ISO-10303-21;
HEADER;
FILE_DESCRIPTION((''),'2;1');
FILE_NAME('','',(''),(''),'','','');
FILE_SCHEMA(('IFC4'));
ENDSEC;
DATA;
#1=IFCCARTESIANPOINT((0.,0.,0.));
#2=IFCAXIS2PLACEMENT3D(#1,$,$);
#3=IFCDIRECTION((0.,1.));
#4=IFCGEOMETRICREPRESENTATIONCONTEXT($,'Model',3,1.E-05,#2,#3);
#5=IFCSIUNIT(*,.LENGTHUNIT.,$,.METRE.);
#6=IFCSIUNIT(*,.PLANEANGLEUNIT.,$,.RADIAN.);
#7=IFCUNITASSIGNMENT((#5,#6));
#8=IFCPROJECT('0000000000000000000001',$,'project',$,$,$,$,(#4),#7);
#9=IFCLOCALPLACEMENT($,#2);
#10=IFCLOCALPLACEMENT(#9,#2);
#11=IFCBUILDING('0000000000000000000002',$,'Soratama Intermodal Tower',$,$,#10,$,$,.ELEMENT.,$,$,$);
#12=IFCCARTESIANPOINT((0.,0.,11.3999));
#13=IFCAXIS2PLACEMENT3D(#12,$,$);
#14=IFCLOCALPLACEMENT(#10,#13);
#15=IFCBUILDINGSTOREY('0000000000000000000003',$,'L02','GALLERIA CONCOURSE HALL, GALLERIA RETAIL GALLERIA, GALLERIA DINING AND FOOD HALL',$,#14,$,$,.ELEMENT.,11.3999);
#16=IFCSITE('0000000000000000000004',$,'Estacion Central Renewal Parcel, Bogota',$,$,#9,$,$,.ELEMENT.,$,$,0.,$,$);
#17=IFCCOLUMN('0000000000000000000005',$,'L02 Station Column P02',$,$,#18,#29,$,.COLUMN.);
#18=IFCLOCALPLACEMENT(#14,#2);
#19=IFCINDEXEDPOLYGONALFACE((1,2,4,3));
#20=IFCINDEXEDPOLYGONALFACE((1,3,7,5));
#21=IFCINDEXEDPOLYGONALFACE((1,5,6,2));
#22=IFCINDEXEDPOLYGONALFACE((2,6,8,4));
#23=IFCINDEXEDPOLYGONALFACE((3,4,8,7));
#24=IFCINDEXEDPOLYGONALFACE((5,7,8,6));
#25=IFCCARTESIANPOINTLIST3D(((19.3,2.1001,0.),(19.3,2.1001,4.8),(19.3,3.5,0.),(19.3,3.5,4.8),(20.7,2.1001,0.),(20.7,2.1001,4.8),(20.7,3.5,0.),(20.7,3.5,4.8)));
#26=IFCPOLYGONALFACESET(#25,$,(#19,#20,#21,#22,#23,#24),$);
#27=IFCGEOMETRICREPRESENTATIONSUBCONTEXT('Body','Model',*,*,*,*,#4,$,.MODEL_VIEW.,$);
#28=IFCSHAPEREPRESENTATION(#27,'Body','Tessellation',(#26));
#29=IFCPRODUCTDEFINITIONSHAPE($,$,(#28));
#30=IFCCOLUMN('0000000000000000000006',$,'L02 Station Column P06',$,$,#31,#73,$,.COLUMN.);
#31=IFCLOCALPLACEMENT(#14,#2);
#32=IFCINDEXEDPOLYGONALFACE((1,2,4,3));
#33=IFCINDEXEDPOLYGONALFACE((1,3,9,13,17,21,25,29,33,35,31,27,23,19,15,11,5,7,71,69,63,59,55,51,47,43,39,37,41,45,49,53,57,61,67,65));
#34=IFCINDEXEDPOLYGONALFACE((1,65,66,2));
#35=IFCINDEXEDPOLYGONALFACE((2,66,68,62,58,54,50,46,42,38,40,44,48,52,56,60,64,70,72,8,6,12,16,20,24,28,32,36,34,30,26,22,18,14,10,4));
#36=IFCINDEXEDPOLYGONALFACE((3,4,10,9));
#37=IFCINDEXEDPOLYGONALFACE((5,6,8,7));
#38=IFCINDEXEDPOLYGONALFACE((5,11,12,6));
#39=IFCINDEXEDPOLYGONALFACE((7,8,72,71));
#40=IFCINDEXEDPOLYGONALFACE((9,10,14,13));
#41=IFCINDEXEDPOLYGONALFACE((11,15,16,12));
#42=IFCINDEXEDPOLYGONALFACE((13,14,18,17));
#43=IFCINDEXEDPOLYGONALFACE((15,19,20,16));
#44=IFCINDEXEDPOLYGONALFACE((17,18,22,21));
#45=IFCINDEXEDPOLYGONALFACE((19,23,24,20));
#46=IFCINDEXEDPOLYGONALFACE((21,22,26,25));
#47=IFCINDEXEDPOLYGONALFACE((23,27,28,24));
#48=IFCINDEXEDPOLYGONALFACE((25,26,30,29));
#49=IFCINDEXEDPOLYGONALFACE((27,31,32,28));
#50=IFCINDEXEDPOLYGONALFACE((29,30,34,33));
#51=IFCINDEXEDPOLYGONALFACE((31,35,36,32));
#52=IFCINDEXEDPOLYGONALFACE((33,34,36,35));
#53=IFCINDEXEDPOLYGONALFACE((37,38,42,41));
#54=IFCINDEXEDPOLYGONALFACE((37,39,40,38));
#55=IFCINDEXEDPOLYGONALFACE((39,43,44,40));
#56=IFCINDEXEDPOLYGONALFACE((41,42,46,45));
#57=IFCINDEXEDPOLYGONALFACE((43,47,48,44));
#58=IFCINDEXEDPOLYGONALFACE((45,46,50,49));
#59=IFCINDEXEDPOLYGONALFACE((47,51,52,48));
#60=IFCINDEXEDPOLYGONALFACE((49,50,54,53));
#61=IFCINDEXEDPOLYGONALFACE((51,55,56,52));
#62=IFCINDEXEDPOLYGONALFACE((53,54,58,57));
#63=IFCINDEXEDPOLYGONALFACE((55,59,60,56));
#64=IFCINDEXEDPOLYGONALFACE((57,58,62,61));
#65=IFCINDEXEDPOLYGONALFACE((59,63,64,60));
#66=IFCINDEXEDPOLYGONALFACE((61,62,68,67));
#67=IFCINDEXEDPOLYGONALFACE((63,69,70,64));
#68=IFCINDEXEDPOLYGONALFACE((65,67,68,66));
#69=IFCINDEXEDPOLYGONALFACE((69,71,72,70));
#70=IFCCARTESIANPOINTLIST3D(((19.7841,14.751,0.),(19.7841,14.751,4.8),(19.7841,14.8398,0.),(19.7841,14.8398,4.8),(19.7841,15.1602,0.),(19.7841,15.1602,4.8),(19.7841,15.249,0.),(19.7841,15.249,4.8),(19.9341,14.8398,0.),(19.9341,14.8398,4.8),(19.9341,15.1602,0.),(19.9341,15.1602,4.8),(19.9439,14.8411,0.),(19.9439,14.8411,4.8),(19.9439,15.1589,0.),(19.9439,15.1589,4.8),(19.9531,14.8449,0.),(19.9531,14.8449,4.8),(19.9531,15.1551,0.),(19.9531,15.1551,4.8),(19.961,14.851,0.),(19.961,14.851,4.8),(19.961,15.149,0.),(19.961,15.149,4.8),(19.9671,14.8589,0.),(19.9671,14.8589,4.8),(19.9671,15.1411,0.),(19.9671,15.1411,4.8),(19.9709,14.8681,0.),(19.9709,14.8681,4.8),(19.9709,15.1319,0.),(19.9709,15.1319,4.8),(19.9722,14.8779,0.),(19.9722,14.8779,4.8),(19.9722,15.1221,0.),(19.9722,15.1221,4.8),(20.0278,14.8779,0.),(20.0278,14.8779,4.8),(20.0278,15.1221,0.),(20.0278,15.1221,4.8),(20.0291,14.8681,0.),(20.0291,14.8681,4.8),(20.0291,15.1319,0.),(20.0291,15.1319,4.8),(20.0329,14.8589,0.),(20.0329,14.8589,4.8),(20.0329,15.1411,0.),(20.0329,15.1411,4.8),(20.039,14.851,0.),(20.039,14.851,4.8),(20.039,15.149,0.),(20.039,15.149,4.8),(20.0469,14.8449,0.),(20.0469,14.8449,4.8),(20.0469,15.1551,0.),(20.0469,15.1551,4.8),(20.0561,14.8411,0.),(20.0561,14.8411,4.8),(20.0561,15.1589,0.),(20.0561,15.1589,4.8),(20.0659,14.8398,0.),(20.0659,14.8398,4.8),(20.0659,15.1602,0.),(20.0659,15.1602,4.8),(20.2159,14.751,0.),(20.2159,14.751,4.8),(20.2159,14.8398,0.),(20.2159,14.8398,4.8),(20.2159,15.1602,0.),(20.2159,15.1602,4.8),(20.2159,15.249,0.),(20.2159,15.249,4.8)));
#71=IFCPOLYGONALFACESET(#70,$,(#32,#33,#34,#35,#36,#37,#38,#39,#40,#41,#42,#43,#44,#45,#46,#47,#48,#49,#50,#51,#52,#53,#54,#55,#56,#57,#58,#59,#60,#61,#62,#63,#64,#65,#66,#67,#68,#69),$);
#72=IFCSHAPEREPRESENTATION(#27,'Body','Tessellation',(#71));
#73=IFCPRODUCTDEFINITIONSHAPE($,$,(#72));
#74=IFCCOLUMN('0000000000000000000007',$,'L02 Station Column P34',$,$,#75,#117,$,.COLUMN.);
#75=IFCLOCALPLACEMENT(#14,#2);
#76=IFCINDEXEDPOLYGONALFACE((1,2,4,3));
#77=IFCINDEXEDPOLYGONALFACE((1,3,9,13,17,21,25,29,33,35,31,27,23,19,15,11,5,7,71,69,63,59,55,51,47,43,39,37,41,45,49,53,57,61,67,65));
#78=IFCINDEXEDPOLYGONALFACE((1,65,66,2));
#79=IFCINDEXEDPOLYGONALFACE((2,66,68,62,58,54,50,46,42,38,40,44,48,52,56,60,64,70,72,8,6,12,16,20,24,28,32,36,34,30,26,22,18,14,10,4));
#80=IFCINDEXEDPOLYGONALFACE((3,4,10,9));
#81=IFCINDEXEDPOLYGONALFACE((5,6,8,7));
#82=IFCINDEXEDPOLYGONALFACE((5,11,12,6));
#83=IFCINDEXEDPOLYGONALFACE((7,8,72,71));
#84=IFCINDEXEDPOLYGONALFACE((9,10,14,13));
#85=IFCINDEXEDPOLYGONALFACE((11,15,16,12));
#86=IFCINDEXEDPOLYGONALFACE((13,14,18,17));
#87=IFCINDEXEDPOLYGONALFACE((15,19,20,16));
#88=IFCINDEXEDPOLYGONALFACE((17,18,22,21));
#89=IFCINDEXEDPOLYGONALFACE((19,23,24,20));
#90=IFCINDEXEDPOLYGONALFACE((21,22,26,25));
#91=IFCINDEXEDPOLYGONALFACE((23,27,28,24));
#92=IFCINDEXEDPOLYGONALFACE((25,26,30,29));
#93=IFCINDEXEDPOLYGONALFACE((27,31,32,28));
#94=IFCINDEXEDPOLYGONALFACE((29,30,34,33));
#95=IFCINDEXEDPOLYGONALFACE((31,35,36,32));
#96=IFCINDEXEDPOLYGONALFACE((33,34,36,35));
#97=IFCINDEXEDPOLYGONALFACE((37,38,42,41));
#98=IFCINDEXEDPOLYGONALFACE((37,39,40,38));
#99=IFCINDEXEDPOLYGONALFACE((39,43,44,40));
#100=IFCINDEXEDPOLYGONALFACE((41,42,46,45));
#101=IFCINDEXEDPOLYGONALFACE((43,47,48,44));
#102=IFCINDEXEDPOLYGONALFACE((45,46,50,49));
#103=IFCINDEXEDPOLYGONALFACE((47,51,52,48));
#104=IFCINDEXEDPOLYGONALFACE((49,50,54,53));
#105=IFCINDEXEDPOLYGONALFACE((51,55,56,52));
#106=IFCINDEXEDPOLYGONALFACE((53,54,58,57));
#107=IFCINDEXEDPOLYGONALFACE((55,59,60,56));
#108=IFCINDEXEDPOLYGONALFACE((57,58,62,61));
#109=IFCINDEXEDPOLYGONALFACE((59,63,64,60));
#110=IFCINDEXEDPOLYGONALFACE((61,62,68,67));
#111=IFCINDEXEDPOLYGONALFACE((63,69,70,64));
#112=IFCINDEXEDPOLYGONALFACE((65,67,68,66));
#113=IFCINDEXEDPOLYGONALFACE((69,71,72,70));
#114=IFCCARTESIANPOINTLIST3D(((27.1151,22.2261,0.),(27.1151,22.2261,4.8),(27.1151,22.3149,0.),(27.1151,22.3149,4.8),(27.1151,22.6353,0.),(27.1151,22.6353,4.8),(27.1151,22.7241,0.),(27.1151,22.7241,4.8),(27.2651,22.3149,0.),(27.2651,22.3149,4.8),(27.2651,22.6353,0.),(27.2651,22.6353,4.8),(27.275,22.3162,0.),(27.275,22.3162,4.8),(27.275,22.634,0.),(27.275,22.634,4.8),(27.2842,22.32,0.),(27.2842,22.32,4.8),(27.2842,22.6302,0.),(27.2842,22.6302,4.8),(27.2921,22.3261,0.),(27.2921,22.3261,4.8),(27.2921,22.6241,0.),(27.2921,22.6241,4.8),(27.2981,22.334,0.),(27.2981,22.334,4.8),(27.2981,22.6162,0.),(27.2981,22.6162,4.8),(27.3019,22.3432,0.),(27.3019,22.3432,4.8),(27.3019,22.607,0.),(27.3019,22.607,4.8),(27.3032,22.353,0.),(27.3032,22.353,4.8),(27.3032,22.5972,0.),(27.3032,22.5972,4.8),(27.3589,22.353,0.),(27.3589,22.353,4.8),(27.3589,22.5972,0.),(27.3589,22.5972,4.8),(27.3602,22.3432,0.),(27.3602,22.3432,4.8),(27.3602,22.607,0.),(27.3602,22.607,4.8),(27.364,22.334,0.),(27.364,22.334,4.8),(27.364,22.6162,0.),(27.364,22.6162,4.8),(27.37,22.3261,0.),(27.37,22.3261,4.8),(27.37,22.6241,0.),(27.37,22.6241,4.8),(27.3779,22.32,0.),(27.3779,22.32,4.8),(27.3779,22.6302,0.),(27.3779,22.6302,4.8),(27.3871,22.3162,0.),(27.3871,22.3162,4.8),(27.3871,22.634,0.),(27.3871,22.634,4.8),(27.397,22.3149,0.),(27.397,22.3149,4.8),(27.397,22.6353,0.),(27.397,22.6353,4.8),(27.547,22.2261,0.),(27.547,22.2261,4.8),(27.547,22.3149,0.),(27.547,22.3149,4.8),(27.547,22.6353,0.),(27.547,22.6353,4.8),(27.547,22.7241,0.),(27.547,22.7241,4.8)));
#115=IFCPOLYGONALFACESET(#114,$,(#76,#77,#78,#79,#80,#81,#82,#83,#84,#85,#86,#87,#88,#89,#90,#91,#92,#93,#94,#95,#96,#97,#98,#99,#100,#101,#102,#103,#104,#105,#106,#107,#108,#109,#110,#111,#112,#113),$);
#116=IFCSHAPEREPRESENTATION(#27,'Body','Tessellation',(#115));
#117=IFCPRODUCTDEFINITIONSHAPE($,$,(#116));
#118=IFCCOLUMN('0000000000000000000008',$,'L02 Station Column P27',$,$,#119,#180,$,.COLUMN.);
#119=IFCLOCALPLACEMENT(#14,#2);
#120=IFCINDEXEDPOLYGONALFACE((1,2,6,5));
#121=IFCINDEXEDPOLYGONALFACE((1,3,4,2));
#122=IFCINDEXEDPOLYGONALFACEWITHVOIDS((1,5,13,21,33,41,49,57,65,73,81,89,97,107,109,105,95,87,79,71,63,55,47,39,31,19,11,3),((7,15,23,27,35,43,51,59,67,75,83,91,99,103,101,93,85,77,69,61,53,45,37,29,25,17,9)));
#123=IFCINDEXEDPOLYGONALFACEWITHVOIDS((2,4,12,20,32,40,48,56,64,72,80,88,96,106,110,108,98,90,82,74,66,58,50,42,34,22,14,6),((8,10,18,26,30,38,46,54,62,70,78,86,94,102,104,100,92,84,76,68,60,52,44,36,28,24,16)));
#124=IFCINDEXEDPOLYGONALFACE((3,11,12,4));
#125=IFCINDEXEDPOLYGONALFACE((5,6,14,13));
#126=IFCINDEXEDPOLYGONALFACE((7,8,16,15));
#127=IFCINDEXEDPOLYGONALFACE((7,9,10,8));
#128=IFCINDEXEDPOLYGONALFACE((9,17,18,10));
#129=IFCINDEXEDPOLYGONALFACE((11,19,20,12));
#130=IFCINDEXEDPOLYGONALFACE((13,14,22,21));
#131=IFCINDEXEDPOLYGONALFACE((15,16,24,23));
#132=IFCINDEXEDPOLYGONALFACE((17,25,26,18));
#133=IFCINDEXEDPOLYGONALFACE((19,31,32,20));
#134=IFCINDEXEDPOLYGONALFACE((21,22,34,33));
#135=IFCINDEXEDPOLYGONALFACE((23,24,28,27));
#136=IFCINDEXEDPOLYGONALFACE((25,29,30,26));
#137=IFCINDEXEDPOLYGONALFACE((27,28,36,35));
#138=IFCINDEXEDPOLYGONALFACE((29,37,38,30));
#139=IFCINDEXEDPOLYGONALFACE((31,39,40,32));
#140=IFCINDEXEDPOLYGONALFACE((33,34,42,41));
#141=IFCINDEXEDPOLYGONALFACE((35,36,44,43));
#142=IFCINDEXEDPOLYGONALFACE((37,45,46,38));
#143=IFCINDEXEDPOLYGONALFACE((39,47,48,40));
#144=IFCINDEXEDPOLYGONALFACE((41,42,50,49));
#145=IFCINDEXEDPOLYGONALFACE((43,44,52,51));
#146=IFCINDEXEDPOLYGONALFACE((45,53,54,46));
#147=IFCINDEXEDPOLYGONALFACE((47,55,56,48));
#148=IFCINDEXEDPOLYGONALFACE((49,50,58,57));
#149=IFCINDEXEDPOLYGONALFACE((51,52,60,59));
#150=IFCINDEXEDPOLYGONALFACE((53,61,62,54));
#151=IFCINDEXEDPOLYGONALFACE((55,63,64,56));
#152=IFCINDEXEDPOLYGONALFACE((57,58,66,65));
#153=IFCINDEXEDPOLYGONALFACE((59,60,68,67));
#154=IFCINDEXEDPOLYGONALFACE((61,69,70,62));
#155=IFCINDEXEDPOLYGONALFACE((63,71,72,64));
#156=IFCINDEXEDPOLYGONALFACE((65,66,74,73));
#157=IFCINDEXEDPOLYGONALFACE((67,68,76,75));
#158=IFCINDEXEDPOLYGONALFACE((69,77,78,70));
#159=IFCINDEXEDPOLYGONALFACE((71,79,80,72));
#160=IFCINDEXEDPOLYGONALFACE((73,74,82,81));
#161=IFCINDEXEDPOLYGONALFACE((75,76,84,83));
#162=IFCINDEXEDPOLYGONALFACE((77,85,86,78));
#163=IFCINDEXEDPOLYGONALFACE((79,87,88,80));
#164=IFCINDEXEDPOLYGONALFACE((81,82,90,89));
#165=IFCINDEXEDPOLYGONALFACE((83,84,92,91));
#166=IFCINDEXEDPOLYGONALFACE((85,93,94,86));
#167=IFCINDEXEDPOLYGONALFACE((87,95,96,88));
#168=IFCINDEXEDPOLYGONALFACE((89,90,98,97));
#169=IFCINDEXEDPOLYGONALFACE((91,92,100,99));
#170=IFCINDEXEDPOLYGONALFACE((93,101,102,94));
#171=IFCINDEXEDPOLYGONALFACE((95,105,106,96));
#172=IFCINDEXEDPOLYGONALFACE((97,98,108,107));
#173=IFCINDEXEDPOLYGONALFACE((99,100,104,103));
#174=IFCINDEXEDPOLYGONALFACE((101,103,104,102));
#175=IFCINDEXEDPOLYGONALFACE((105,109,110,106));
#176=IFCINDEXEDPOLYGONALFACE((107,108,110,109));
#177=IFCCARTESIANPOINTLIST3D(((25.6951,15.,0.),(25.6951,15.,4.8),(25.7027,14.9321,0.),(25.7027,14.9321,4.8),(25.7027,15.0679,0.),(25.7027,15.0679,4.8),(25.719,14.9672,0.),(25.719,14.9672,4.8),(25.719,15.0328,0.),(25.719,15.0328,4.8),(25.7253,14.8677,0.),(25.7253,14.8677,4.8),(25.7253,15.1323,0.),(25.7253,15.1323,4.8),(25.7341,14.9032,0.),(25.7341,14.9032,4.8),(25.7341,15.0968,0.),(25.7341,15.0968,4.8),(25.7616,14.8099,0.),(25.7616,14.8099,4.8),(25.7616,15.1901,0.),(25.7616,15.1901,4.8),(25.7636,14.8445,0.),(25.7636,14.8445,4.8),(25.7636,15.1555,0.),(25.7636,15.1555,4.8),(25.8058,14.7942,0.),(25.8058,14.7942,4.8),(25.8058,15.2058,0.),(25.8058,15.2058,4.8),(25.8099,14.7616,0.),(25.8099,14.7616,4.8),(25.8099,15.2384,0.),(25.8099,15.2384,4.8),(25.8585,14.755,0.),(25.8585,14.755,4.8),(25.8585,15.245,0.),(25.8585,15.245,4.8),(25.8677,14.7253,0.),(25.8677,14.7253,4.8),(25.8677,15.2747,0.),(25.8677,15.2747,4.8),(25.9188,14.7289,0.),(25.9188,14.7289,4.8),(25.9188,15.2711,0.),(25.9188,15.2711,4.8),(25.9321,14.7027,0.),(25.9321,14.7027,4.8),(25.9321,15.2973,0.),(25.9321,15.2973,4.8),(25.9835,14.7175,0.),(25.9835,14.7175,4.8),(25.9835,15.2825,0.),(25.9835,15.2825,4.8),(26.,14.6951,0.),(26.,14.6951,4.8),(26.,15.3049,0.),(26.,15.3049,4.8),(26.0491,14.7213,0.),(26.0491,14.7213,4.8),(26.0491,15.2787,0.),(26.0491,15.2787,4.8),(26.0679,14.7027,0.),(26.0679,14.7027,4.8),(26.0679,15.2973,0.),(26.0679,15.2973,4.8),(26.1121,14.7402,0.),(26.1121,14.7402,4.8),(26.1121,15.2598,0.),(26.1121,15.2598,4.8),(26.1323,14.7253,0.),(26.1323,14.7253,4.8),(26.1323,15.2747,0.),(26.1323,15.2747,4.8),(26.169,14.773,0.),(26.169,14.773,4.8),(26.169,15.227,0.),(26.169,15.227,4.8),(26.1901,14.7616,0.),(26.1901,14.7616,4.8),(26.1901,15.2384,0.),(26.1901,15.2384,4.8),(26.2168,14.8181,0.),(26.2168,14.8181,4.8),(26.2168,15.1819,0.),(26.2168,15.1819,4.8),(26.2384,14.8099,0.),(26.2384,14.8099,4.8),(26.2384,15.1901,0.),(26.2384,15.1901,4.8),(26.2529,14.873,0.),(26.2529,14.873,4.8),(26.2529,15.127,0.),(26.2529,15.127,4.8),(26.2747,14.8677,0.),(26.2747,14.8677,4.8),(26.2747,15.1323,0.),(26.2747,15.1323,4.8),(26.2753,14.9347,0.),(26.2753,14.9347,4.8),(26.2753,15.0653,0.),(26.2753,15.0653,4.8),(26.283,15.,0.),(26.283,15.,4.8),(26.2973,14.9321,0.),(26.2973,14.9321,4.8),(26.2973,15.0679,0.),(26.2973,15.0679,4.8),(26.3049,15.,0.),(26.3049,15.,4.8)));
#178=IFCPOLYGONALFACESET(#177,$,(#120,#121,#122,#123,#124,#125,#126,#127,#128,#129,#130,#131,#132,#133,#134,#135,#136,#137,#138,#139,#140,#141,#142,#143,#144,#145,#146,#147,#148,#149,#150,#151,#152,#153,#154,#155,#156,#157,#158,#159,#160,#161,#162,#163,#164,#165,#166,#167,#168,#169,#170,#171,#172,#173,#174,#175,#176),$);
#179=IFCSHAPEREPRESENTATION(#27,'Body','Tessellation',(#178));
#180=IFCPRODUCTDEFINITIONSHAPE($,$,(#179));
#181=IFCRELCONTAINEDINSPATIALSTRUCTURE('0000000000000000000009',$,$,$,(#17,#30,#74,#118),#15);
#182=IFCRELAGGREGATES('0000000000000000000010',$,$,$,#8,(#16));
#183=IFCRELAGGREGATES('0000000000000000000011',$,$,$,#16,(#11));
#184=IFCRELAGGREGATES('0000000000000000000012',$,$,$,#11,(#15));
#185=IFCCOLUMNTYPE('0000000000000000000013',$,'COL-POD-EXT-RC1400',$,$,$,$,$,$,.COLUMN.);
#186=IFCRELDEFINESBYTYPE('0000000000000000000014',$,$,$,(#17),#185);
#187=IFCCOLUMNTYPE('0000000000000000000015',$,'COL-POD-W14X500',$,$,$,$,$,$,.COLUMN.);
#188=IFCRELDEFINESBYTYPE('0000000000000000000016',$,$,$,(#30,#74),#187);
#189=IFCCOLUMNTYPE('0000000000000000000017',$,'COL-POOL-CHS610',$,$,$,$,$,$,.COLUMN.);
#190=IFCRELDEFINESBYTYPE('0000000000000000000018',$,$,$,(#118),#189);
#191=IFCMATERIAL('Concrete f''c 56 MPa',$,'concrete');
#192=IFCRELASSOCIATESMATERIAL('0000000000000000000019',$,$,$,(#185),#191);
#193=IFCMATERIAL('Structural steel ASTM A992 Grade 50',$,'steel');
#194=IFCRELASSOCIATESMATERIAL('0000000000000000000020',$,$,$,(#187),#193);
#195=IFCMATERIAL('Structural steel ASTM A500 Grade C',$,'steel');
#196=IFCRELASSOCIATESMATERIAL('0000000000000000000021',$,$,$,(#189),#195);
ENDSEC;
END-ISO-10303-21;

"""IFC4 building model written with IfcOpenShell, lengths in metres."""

from ifc_helpers import new_model, si_unit, direction, frame, origin, origin_2d, place, context, subcontext, project, spatial, rectangle, hollow_circle, i_section, extrude, material, material_profile, profile_set, type_object, element, save


model = new_model("IFC4")

# Units and contexts
model_context = context("Model", 3, precision=1e-05, world=origin(), true_north=direction((0.0, 1.0)))
body_context = subcontext(model_context, "Body", "Model", "MODEL_VIEW")
ifc_project = project(units=[si_unit("LENGTHUNIT", "METRE"), si_unit("PLANEANGLEUNIT", "RADIAN")], contexts=[model_context])

# Site, building, storey
site_placement = place(None, origin())
site = spatial("IfcSite", under=ifc_project, at=site_placement, Name="Estacion Central Renewal Parcel, Bogota", CompositionType="ELEMENT", RefElevation=0.0)
building_placement = place(site_placement, origin())
building = spatial("IfcBuilding", under=site, at=building_placement, Name="Soratama Intermodal Tower", CompositionType="ELEMENT")
storey_placement = place(building_placement, frame((0.0, 0.0, 11.3999)))
storey = spatial("IfcBuildingStorey", under=building, at=storey_placement, Name="L02", Description="GALLERIA CONCOURSE HALL, GALLERIA RETAIL GALLERIA, GALLERIA DINING AND FOOD HALL", CompositionType="ELEMENT", Elevation=11.3999)

# Columns
ifc_material_1 = material(Name="Concrete f'c 56 MPa", Category="concrete")
ifc_material_profile_1 = material_profile(ifc_material_1, rectangle(XDim=1.3999, YDim=1.3999, at=origin_2d()), Name="RC1400X1400")
ifc_profile_set_1 = profile_set([ifc_material_profile_1], Name="Concrete f'c 56 MPa")
column_type_1 = type_object("IfcColumnType", Name="COL-POD-EXT-RC1400", PredefinedType="COLUMN", material=ifc_profile_set_1)
column_1_placement = place(storey_placement, frame((20.0, 2.8, 0.0), z_axis=(0.0, 0.0, 1.0), x_axis=(1.0, 0.0, 0.0)))
element("IfcColumn", 1, at=column_1_placement, inside=storey, type_object=column_type_1, Name="L02 Station Column P02", PredefinedType="COLUMN", context=body_context, shape_type="SweptSolid", body=[
    extrude(rectangle(XDim=1.3999, YDim=1.3999, at=origin_2d()), origin(), (0.0, 0.0, 1.0), 4.8),
])
ifc_material_2 = material(Name="Structural steel ASTM A992 Grade 50", Category="steel")
ifc_material_profile_2 = material_profile(ifc_material_2, i_section(OverallWidth=0.4319, OverallDepth=0.498, WebThickness=0.0557, FlangeThickness=0.0889, FilletRadius=0.0381, at=origin_2d()), Name="W14X500")
ifc_profile_set_2 = profile_set([ifc_material_profile_2], Name="Structural steel ASTM A992 Grade 50")
column_type_2 = type_object("IfcColumnType", Name="COL-POD-W14X500", PredefinedType="COLUMN", material=ifc_profile_set_2)
for number, where, z_axis, x_axis, name in (
    (2, (20.0, 15.0, 0.0), (0.0, 0.0, 1.0), (1.0, 0.0, 0.0), "L02 Station Column P06"),
    (3, (27.3311, 22.4751, 0.0), (0.0, 0.0, 1.0), (1.0, 0.0, 0.0), "L02 Station Column P34"),
):
    element("IfcColumn", number, at=place(storey_placement, frame(where, z_axis=z_axis, x_axis=x_axis)), inside=storey, type_object=column_type_2, Name=name, PredefinedType="COLUMN", context=body_context, shape_type="SweptSolid", body=[
        extrude(i_section(OverallWidth=0.4319, OverallDepth=0.498, WebThickness=0.0557, FlangeThickness=0.0889, FilletRadius=0.0381, at=origin_2d()), origin(), (0.0, 0.0, 1.0), 4.8),
    ])
ifc_material_3 = material(Name="Structural steel ASTM A500 Grade C", Category="steel")
ifc_material_profile_3 = material_profile(ifc_material_3, hollow_circle(Radius=0.3049, WallThickness=0.022, at=origin_2d()), Name="CHS610X22")
ifc_profile_set_3 = profile_set([ifc_material_profile_3], Name="Structural steel ASTM A500 Grade C")
column_type_3 = type_object("IfcColumnType", Name="COL-POOL-CHS610", PredefinedType="COLUMN", material=ifc_profile_set_3)
column_2_placement = place(storey_placement, frame((26.0, 15.0, 0.0), z_axis=(0.0, 0.0, 1.0), x_axis=(1.0, 0.0, 0.0)))
element("IfcColumn", 4, at=column_2_placement, inside=storey, type_object=column_type_3, Name="L02 Station Column P27", PredefinedType="COLUMN", context=body_context, shape_type="SweptSolid", body=[
    extrude(hollow_circle(Radius=0.3049, WallThickness=0.022, at=origin_2d()), origin(), (0.0, 0.0, 1.0), 4.8),
])

save(model, "model.ifc")
